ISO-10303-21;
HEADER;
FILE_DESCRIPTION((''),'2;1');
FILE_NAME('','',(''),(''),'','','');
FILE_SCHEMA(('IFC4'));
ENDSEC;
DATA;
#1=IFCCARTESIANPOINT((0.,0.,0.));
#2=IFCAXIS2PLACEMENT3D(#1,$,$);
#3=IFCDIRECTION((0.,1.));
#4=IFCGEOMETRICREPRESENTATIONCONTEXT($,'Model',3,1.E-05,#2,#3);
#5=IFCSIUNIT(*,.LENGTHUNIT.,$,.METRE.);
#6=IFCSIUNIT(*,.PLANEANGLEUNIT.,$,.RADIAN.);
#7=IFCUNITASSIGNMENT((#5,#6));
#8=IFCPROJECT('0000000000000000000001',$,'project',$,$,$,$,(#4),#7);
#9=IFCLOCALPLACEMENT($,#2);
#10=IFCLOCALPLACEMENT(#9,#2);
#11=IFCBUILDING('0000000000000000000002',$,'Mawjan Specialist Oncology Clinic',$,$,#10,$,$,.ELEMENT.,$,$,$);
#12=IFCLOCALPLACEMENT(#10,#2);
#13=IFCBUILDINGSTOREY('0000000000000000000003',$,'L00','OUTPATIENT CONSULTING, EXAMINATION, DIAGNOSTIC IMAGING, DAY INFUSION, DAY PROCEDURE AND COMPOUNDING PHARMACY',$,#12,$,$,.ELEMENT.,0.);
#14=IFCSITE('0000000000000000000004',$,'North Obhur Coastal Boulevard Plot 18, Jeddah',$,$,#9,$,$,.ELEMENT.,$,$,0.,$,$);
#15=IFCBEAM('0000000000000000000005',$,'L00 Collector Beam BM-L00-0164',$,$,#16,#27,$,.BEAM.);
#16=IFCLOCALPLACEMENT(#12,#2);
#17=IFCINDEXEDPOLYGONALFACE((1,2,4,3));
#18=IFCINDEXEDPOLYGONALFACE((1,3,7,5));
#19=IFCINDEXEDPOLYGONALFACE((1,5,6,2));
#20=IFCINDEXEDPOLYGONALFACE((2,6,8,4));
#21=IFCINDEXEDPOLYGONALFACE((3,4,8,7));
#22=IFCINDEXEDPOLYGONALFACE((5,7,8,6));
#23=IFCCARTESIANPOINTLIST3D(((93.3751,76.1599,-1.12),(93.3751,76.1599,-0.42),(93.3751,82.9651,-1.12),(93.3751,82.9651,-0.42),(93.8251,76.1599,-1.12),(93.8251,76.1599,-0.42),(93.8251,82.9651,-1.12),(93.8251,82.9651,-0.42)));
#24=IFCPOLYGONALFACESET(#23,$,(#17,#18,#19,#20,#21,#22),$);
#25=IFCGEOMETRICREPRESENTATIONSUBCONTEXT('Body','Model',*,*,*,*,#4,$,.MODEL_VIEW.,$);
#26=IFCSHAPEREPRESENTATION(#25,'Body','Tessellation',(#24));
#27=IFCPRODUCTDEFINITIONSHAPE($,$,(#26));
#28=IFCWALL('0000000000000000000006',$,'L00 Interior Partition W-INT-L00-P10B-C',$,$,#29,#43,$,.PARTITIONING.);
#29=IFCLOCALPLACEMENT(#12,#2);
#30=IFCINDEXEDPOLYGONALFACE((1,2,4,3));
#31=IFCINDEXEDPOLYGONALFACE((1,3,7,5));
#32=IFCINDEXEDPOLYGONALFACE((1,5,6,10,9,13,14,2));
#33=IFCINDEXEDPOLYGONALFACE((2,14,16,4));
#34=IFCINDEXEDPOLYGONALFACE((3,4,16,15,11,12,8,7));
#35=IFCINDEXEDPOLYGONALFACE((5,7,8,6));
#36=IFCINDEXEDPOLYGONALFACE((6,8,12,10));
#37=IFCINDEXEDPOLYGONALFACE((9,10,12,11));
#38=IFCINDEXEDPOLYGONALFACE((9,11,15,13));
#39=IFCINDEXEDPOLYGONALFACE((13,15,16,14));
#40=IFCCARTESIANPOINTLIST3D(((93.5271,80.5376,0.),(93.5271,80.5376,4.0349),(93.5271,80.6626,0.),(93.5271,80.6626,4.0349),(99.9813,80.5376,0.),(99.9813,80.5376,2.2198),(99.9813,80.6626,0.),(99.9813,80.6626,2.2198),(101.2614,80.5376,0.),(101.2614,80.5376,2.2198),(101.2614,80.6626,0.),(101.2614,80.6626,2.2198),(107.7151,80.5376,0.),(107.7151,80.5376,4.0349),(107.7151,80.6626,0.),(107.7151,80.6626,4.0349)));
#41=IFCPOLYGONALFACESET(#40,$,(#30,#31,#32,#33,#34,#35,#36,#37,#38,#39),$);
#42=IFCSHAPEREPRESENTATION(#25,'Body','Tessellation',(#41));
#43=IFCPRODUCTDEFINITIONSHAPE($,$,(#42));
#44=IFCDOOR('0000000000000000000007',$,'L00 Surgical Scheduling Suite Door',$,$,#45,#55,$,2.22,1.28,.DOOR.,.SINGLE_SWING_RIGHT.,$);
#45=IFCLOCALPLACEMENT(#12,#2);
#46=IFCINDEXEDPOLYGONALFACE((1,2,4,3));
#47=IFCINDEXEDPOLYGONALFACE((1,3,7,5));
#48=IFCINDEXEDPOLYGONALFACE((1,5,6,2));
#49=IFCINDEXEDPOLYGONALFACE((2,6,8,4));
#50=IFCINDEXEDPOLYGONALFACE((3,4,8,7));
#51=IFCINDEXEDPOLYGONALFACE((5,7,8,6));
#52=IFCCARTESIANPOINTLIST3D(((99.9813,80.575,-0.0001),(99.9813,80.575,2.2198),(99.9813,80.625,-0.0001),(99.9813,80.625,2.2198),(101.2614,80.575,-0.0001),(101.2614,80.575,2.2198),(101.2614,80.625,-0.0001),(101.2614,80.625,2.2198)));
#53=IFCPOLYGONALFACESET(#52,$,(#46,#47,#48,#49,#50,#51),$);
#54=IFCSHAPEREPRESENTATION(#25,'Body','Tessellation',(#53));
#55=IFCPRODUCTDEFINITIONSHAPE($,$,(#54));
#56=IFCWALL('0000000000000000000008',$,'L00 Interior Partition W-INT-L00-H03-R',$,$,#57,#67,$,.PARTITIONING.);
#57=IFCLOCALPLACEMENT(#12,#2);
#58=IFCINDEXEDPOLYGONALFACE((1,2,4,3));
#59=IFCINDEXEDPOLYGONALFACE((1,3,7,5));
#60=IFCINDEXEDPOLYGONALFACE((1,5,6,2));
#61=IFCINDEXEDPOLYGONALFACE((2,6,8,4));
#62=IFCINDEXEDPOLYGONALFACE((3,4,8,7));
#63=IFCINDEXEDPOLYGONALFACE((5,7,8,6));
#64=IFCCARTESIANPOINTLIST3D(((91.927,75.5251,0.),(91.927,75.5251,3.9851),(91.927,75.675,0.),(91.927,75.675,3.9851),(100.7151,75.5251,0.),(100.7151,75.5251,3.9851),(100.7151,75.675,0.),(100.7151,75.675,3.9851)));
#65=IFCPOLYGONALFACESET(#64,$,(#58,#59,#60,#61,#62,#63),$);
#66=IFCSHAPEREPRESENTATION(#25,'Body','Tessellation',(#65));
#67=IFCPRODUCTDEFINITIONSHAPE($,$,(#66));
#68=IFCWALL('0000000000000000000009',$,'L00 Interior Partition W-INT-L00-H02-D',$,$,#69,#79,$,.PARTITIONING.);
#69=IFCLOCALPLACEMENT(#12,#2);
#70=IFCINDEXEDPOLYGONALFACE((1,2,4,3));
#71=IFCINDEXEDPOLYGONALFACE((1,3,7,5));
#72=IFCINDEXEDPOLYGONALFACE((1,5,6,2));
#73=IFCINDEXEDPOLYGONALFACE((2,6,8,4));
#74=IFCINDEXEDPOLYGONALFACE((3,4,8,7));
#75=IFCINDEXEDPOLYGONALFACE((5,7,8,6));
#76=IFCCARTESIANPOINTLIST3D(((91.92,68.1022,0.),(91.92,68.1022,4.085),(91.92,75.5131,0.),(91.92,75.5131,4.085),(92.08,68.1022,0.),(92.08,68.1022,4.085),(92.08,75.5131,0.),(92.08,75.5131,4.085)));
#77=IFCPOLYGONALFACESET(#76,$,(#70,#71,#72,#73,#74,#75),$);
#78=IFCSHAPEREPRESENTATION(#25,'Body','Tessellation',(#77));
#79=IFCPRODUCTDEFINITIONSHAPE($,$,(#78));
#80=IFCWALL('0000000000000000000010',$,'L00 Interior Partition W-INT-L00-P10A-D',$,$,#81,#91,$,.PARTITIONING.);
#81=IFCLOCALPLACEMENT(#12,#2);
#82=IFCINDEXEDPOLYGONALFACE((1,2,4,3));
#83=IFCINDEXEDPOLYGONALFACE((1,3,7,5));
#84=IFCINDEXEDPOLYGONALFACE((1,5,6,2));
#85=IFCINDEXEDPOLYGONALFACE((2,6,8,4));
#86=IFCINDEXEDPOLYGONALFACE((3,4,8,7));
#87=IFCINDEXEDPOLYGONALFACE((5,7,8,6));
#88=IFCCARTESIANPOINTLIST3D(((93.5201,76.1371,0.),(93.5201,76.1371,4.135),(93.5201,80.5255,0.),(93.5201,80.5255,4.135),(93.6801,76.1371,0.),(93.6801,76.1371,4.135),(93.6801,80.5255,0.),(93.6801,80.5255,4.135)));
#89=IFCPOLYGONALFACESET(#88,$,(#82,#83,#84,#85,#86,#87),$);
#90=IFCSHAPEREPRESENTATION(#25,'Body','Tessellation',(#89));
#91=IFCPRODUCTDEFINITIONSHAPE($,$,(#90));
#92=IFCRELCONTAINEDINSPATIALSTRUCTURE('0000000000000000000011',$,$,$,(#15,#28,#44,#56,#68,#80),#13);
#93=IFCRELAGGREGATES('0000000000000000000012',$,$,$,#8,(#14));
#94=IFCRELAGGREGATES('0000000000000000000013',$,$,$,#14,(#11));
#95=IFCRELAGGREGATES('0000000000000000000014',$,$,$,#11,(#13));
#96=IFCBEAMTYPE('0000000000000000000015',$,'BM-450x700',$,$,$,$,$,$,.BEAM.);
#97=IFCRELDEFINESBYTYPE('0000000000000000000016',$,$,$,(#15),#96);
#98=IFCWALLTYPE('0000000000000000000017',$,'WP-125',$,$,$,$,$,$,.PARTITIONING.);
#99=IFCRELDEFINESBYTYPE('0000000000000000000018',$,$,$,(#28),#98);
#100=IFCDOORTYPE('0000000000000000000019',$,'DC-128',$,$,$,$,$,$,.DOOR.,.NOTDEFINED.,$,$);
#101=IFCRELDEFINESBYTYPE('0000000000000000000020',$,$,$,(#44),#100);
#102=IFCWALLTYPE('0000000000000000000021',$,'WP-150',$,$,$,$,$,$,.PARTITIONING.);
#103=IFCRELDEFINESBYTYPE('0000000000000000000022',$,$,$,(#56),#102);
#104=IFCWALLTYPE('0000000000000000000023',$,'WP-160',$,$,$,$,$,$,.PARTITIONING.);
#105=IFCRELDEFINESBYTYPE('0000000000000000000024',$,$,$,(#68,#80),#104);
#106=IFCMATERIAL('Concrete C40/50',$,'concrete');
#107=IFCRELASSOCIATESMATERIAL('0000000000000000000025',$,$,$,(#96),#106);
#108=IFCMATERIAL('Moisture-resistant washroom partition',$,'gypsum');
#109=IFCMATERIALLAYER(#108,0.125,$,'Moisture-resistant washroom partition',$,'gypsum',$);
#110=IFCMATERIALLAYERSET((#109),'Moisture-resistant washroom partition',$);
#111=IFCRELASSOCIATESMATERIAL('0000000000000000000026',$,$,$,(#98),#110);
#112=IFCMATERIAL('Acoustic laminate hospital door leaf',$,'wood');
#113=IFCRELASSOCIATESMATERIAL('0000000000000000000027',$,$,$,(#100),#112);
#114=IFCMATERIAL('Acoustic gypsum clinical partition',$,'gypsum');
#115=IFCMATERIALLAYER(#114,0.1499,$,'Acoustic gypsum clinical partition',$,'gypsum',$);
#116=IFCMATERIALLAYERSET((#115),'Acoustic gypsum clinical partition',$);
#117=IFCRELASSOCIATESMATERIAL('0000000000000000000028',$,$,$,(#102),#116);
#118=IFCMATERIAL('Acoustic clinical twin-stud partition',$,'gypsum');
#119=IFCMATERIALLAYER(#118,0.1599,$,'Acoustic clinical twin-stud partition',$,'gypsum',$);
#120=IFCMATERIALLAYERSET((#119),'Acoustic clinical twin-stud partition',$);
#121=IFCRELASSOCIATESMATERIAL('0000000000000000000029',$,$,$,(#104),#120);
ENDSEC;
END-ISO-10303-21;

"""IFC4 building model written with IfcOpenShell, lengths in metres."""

from ifc_helpers import new_model, si_unit, direction, frame, frame_2d, origin, origin_2d, place, context, subcontext, project, spatial, rectangle, extrude, material, layer, layer_set, material_profile, profile_set, type_object, element, fill, save


model = new_model("IFC4")

# Units and contexts
model_context = context("Model", 3, precision=1e-05, world=origin(), true_north=direction((0.0, 1.0)))
body_context = subcontext(model_context, "Body", "Model", "MODEL_VIEW")
ifc_project = project(units=[si_unit("LENGTHUNIT", "METRE"), si_unit("PLANEANGLEUNIT", "RADIAN")], contexts=[model_context])

# Site, building, storey
site_placement = place(None, origin())
site = spatial("IfcSite", under=ifc_project, at=site_placement, Name="North Obhur Coastal Boulevard Plot 18, Jeddah", CompositionType="ELEMENT", RefElevation=0.0)
building_placement = place(site_placement, origin())
building = spatial("IfcBuilding", under=site, at=building_placement, Name="Mawjan Specialist Oncology Clinic", CompositionType="ELEMENT")
storey_placement = place(building_placement, origin())
storey = spatial("IfcBuildingStorey", under=building, at=storey_placement, Name="L00", Description="OUTPATIENT CONSULTING, EXAMINATION, DIAGNOSTIC IMAGING, DAY INFUSION, DAY PROCEDURE AND COMPOUNDING PHARMACY", CompositionType="ELEMENT", Elevation=0.0)

# Beam
ifc_material_1 = material(Name="Concrete C40/50", Category="concrete")
ifc_material_profile_1 = material_profile(ifc_material_1, rectangle(XDim=0.45, YDim=0.7, at=origin_2d()), Name="RC BM 450x700", Category="concrete")
ifc_profile_set_1 = profile_set([ifc_material_profile_1], Name="Concrete C40/50")
beam_type_1 = type_object("IfcBeamType", Name="BM-450x700", PredefinedType="BEAM", material=ifc_profile_set_1)
for number, where, z_axis, x_axis, name in (
    (1, (93.6001, 76.1599, -0.77), (0.0, 1.0, 0.0), (-1.0, 0.0, 0.0), "L00 Collector Beam BM-L00-0164"),
):
    element("IfcBeam", number, at=place(storey_placement, frame(where, z_axis=z_axis, x_axis=x_axis)), inside=storey, type_object=beam_type_1, Name=name, PredefinedType="BEAM", context=body_context, shape_type="SweptSolid", body=[
        extrude(rectangle(XDim=0.45, YDim=0.7, at=origin_2d()), origin(), (0.0, 0.0, 1.0), 6.8052),
    ])

# Wall, opening, door
ifc_material_2 = material(Name="Moisture-resistant washroom partition", Category="gypsum")
ifc_layer_1 = layer(ifc_material_2, 0.125, Name="Moisture-resistant washroom partition", Category="gypsum")
ifc_layer_set_1 = layer_set([ifc_layer_1], Name="Moisture-resistant washroom partition")
wall_type_1 = type_object("IfcWallType", Name="WP-125", PredefinedType="PARTITIONING", material=ifc_layer_set_1)
wall_1_placement = place(storey_placement, frame((93.5271, 80.6001, 0.0), z_axis=(0.0, 0.0, 1.0), x_axis=(1.0, 0.0, 0.0)))
wall_1 = element("IfcWall", 2, at=wall_1_placement, inside=storey, type_object=wall_type_1, Name="L00 Interior Partition W-INT-L00-P10B-C", PredefinedType="PARTITIONING", context=body_context, shape_type="SweptSolid", body=[
    extrude(rectangle(XDim=14.188, YDim=0.125, at=frame_2d((7.094, 0.0))), origin(), (0.0, 0.0, 1.0), 4.0349),
])
opening_placement = place(wall_1_placement, frame((6.4541, 0.0, 0.0)))
opening = element("IfcOpeningElement", 3, at=opening_placement, cuts=wall_1, PredefinedType="OPENING", context=body_context, shape_type="SweptSolid", body=[
    extrude(rectangle(XDim=1.28, YDim=2.22, at=frame_2d((0.6401, 1.1099))), frame((0.0, 0.0745, 0.0), z_axis=(0.0, -1.0, 0.0), x_axis=(1.0, 0.0, 0.0)), (0.0, 0.0, 1.0), 0.1489),
])
ifc_material_3 = material(Name="Acoustic laminate hospital door leaf", Category="wood")
door_type = type_object("IfcDoorType", Name="DC-128", OperationType="NOTDEFINED", PredefinedType="DOOR", material=ifc_material_3)
door_placement = place(opening_placement, origin())
door = element("IfcDoor", 4, at=door_placement, inside=storey, type_object=door_type, Name="L00 Surgical Scheduling Suite Door", OperationType="SINGLE_SWING_RIGHT", OverallHeight=2.22, OverallWidth=1.28, PredefinedType="DOOR", context=body_context, shape_type="SweptSolid", body=[
    extrude(rectangle(XDim=1.28, YDim=2.22, at=frame_2d((0.6401, 1.1099))), frame((0.0, 0.0249, 0.0), z_axis=(0.0, -1.0, 0.0), x_axis=(1.0, 0.0, 0.0)), (0.0, 0.0, 1.0), 0.05),
])
fill(opening, door)

# Walls
ifc_material_4 = material(Name="Acoustic gypsum clinical partition", Category="gypsum")
ifc_layer_2 = layer(ifc_material_4, 0.1499, Name="Acoustic gypsum clinical partition", Category="gypsum")
ifc_layer_set_2 = layer_set([ifc_layer_2], Name="Acoustic gypsum clinical partition")
wall_type_2 = type_object("IfcWallType", Name="WP-150", PredefinedType="PARTITIONING", material=ifc_layer_set_2)
wall_2_placement = place(storey_placement, frame((91.927, 75.6001, 0.0), z_axis=(0.0, 0.0, 1.0), x_axis=(1.0, 0.0, 0.0)))
element("IfcWall", 5, at=wall_2_placement, inside=storey, type_object=wall_type_2, Name="L00 Interior Partition W-INT-L00-H03-R", PredefinedType="PARTITIONING", context=body_context, shape_type="SweptSolid", body=[
    extrude(rectangle(XDim=8.7881, YDim=0.1499, at=frame_2d((4.394, 0.0))), origin(), (0.0, 0.0, 1.0), 3.9851),
])
ifc_material_5 = material(Name="Acoustic clinical twin-stud partition", Category="gypsum")
ifc_layer_3 = layer(ifc_material_5, 0.1599, Name="Acoustic clinical twin-stud partition", Category="gypsum")
ifc_layer_set_3 = layer_set([ifc_layer_3], Name="Acoustic clinical twin-stud partition")
wall_type_3 = type_object("IfcWallType", Name="WP-160", PredefinedType="PARTITIONING", material=ifc_layer_set_3)
wall_3_placement = place(storey_placement, frame((92.0, 68.1021, 0.0), z_axis=(0.0, 0.0, 1.0), x_axis=(0.0, 1.0, 0.0)))
element("IfcWall", 6, at=wall_3_placement, inside=storey, type_object=wall_type_3, Name="L00 Interior Partition W-INT-L00-H02-D", PredefinedType="PARTITIONING", context=body_context, shape_type="SweptSolid", body=[
    extrude(rectangle(XDim=7.4109, YDim=0.1599, at=frame_2d((3.7056, 0.0))), origin(), (0.0, 0.0, 1.0), 4.085),
])
wall_4_placement = place(storey_placement, frame((93.6001, 76.137, 0.0), z_axis=(0.0, 0.0, 1.0), x_axis=(0.0, 1.0, 0.0)))
element("IfcWall", 7, at=wall_4_placement, inside=storey, type_object=wall_type_3, Name="L00 Interior Partition W-INT-L00-P10A-D", PredefinedType="PARTITIONING", context=body_context, shape_type="SweptSolid", body=[
    extrude(rectangle(XDim=4.3884, YDim=0.1599, at=frame_2d((2.1943, 0.0))), origin(), (0.0, 0.0, 1.0), 4.135),
])

save(model, "model.ifc")
